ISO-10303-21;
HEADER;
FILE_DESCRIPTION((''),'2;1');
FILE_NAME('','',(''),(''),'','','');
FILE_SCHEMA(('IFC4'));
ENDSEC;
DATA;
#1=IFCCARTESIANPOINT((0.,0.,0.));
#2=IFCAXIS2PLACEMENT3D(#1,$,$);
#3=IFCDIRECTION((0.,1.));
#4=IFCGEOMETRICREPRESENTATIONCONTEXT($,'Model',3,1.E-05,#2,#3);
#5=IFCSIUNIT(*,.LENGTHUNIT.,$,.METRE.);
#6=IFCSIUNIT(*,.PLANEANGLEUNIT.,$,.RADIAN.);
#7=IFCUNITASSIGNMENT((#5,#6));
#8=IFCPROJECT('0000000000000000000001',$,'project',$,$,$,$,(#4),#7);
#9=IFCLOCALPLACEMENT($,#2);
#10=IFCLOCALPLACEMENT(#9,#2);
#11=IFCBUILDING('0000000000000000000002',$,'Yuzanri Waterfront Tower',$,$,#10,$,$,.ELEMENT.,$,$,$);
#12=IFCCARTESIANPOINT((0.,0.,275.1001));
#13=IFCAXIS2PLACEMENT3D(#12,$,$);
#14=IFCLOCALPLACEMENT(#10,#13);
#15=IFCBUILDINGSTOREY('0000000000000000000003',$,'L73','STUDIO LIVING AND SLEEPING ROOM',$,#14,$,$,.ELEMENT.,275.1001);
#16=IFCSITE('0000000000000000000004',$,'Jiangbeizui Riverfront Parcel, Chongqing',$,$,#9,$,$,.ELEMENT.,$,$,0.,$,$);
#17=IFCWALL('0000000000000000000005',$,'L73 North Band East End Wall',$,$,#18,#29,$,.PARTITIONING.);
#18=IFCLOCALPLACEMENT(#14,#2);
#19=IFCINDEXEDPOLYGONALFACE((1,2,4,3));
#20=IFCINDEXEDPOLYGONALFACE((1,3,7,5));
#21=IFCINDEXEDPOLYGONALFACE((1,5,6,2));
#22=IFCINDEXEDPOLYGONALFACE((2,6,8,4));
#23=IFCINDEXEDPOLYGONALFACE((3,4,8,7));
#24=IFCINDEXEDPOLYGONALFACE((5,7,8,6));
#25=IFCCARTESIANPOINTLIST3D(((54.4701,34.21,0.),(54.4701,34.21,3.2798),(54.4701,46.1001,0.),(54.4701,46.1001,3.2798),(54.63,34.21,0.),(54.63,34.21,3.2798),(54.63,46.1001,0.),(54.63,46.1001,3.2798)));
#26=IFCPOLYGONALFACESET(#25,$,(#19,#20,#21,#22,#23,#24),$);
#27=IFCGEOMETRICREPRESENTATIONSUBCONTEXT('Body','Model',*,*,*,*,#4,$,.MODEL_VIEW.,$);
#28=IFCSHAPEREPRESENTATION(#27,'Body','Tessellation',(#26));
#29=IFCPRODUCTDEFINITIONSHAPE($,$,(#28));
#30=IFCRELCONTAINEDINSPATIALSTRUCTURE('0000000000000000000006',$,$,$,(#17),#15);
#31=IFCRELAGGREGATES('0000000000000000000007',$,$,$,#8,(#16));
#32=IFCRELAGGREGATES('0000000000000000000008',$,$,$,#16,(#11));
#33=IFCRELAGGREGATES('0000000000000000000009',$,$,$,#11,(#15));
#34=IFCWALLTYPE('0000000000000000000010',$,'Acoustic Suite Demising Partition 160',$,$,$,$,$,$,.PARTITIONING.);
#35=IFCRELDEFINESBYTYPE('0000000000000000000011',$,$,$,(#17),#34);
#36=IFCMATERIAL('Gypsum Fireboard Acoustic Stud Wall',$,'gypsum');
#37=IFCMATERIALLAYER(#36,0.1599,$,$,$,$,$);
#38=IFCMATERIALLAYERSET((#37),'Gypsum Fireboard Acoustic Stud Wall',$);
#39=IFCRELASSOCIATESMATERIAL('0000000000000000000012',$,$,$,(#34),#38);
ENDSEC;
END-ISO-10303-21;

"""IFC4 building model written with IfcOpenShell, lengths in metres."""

from ifc_helpers import new_model, si_unit, direction, frame, frame_2d, origin, place, context, subcontext, project, spatial, rectangle, extrude, source, transform, mapped, material, layer, layer_set, type_object, element, save


model = new_model("IFC4")

# Units and contexts
model_context = context("Model", 3, precision=1e-05, world=origin(), true_north=direction((0.0, 1.0)))
body_context = subcontext(model_context, "Body", "Model", "MODEL_VIEW")
ifc_project = project(units=[si_unit("LENGTHUNIT", "METRE"), si_unit("PLANEANGLEUNIT", "RADIAN")], contexts=[model_context])

# Site, building, storey
site_placement = place(None, origin())
site = spatial("IfcSite", under=ifc_project, at=site_placement, Name="Jiangbeizui Riverfront Parcel, Chongqing", CompositionType="ELEMENT", RefElevation=0.0)
building_placement = place(site_placement, origin())
building = spatial("IfcBuilding", under=site, at=building_placement, Name="Yuzanri Waterfront Tower", CompositionType="ELEMENT")
storey_placement = place(building_placement, frame((0.0, 0.0, 275.1001)))
storey = spatial("IfcBuildingStorey", under=building, at=storey_placement, Name="L73", Description="STUDIO LIVING AND SLEEPING ROOM", CompositionType="ELEMENT", Elevation=275.1001)

# Wall
ifc_material_1 = material(Name="Gypsum Fireboard Acoustic Stud Wall", Category="gypsum")
ifc_layer_1 = layer(ifc_material_1, 0.1599)
ifc_layer_set_1 = layer_set([ifc_layer_1], Name="Gypsum Fireboard Acoustic Stud Wall")
wall_type_1 = type_object("IfcWallType", Name="Acoustic Suite Demising Partition 160", PredefinedType="PARTITIONING", material=ifc_layer_set_1)
shared_shape_1 = source(origin(), body_context, "Body", "SweptSolid", [
    extrude(rectangle(XDim=11.8901, YDim=0.1599, at=frame_2d((5.9451, 0.0))), origin(), (0.0, 0.0, 1.0), 3.2798),
])
wall_1_placement = place(storey_placement, frame((54.55, 34.21, 0.0), z_axis=(0.0, 0.0, 1.0), x_axis=(0.0, 1.0, 0.0)))
element("IfcWall", 1, at=wall_1_placement, inside=storey, type_object=wall_type_1, Name="L73 North Band East End Wall", PredefinedType="PARTITIONING", context=body_context, shape_type="MappedRepresentation", body=[
    mapped(shared_shape_1, transform((0.0, 0.0, 0.0), scale=1.0)),
])

save(model, "model.ifc")
